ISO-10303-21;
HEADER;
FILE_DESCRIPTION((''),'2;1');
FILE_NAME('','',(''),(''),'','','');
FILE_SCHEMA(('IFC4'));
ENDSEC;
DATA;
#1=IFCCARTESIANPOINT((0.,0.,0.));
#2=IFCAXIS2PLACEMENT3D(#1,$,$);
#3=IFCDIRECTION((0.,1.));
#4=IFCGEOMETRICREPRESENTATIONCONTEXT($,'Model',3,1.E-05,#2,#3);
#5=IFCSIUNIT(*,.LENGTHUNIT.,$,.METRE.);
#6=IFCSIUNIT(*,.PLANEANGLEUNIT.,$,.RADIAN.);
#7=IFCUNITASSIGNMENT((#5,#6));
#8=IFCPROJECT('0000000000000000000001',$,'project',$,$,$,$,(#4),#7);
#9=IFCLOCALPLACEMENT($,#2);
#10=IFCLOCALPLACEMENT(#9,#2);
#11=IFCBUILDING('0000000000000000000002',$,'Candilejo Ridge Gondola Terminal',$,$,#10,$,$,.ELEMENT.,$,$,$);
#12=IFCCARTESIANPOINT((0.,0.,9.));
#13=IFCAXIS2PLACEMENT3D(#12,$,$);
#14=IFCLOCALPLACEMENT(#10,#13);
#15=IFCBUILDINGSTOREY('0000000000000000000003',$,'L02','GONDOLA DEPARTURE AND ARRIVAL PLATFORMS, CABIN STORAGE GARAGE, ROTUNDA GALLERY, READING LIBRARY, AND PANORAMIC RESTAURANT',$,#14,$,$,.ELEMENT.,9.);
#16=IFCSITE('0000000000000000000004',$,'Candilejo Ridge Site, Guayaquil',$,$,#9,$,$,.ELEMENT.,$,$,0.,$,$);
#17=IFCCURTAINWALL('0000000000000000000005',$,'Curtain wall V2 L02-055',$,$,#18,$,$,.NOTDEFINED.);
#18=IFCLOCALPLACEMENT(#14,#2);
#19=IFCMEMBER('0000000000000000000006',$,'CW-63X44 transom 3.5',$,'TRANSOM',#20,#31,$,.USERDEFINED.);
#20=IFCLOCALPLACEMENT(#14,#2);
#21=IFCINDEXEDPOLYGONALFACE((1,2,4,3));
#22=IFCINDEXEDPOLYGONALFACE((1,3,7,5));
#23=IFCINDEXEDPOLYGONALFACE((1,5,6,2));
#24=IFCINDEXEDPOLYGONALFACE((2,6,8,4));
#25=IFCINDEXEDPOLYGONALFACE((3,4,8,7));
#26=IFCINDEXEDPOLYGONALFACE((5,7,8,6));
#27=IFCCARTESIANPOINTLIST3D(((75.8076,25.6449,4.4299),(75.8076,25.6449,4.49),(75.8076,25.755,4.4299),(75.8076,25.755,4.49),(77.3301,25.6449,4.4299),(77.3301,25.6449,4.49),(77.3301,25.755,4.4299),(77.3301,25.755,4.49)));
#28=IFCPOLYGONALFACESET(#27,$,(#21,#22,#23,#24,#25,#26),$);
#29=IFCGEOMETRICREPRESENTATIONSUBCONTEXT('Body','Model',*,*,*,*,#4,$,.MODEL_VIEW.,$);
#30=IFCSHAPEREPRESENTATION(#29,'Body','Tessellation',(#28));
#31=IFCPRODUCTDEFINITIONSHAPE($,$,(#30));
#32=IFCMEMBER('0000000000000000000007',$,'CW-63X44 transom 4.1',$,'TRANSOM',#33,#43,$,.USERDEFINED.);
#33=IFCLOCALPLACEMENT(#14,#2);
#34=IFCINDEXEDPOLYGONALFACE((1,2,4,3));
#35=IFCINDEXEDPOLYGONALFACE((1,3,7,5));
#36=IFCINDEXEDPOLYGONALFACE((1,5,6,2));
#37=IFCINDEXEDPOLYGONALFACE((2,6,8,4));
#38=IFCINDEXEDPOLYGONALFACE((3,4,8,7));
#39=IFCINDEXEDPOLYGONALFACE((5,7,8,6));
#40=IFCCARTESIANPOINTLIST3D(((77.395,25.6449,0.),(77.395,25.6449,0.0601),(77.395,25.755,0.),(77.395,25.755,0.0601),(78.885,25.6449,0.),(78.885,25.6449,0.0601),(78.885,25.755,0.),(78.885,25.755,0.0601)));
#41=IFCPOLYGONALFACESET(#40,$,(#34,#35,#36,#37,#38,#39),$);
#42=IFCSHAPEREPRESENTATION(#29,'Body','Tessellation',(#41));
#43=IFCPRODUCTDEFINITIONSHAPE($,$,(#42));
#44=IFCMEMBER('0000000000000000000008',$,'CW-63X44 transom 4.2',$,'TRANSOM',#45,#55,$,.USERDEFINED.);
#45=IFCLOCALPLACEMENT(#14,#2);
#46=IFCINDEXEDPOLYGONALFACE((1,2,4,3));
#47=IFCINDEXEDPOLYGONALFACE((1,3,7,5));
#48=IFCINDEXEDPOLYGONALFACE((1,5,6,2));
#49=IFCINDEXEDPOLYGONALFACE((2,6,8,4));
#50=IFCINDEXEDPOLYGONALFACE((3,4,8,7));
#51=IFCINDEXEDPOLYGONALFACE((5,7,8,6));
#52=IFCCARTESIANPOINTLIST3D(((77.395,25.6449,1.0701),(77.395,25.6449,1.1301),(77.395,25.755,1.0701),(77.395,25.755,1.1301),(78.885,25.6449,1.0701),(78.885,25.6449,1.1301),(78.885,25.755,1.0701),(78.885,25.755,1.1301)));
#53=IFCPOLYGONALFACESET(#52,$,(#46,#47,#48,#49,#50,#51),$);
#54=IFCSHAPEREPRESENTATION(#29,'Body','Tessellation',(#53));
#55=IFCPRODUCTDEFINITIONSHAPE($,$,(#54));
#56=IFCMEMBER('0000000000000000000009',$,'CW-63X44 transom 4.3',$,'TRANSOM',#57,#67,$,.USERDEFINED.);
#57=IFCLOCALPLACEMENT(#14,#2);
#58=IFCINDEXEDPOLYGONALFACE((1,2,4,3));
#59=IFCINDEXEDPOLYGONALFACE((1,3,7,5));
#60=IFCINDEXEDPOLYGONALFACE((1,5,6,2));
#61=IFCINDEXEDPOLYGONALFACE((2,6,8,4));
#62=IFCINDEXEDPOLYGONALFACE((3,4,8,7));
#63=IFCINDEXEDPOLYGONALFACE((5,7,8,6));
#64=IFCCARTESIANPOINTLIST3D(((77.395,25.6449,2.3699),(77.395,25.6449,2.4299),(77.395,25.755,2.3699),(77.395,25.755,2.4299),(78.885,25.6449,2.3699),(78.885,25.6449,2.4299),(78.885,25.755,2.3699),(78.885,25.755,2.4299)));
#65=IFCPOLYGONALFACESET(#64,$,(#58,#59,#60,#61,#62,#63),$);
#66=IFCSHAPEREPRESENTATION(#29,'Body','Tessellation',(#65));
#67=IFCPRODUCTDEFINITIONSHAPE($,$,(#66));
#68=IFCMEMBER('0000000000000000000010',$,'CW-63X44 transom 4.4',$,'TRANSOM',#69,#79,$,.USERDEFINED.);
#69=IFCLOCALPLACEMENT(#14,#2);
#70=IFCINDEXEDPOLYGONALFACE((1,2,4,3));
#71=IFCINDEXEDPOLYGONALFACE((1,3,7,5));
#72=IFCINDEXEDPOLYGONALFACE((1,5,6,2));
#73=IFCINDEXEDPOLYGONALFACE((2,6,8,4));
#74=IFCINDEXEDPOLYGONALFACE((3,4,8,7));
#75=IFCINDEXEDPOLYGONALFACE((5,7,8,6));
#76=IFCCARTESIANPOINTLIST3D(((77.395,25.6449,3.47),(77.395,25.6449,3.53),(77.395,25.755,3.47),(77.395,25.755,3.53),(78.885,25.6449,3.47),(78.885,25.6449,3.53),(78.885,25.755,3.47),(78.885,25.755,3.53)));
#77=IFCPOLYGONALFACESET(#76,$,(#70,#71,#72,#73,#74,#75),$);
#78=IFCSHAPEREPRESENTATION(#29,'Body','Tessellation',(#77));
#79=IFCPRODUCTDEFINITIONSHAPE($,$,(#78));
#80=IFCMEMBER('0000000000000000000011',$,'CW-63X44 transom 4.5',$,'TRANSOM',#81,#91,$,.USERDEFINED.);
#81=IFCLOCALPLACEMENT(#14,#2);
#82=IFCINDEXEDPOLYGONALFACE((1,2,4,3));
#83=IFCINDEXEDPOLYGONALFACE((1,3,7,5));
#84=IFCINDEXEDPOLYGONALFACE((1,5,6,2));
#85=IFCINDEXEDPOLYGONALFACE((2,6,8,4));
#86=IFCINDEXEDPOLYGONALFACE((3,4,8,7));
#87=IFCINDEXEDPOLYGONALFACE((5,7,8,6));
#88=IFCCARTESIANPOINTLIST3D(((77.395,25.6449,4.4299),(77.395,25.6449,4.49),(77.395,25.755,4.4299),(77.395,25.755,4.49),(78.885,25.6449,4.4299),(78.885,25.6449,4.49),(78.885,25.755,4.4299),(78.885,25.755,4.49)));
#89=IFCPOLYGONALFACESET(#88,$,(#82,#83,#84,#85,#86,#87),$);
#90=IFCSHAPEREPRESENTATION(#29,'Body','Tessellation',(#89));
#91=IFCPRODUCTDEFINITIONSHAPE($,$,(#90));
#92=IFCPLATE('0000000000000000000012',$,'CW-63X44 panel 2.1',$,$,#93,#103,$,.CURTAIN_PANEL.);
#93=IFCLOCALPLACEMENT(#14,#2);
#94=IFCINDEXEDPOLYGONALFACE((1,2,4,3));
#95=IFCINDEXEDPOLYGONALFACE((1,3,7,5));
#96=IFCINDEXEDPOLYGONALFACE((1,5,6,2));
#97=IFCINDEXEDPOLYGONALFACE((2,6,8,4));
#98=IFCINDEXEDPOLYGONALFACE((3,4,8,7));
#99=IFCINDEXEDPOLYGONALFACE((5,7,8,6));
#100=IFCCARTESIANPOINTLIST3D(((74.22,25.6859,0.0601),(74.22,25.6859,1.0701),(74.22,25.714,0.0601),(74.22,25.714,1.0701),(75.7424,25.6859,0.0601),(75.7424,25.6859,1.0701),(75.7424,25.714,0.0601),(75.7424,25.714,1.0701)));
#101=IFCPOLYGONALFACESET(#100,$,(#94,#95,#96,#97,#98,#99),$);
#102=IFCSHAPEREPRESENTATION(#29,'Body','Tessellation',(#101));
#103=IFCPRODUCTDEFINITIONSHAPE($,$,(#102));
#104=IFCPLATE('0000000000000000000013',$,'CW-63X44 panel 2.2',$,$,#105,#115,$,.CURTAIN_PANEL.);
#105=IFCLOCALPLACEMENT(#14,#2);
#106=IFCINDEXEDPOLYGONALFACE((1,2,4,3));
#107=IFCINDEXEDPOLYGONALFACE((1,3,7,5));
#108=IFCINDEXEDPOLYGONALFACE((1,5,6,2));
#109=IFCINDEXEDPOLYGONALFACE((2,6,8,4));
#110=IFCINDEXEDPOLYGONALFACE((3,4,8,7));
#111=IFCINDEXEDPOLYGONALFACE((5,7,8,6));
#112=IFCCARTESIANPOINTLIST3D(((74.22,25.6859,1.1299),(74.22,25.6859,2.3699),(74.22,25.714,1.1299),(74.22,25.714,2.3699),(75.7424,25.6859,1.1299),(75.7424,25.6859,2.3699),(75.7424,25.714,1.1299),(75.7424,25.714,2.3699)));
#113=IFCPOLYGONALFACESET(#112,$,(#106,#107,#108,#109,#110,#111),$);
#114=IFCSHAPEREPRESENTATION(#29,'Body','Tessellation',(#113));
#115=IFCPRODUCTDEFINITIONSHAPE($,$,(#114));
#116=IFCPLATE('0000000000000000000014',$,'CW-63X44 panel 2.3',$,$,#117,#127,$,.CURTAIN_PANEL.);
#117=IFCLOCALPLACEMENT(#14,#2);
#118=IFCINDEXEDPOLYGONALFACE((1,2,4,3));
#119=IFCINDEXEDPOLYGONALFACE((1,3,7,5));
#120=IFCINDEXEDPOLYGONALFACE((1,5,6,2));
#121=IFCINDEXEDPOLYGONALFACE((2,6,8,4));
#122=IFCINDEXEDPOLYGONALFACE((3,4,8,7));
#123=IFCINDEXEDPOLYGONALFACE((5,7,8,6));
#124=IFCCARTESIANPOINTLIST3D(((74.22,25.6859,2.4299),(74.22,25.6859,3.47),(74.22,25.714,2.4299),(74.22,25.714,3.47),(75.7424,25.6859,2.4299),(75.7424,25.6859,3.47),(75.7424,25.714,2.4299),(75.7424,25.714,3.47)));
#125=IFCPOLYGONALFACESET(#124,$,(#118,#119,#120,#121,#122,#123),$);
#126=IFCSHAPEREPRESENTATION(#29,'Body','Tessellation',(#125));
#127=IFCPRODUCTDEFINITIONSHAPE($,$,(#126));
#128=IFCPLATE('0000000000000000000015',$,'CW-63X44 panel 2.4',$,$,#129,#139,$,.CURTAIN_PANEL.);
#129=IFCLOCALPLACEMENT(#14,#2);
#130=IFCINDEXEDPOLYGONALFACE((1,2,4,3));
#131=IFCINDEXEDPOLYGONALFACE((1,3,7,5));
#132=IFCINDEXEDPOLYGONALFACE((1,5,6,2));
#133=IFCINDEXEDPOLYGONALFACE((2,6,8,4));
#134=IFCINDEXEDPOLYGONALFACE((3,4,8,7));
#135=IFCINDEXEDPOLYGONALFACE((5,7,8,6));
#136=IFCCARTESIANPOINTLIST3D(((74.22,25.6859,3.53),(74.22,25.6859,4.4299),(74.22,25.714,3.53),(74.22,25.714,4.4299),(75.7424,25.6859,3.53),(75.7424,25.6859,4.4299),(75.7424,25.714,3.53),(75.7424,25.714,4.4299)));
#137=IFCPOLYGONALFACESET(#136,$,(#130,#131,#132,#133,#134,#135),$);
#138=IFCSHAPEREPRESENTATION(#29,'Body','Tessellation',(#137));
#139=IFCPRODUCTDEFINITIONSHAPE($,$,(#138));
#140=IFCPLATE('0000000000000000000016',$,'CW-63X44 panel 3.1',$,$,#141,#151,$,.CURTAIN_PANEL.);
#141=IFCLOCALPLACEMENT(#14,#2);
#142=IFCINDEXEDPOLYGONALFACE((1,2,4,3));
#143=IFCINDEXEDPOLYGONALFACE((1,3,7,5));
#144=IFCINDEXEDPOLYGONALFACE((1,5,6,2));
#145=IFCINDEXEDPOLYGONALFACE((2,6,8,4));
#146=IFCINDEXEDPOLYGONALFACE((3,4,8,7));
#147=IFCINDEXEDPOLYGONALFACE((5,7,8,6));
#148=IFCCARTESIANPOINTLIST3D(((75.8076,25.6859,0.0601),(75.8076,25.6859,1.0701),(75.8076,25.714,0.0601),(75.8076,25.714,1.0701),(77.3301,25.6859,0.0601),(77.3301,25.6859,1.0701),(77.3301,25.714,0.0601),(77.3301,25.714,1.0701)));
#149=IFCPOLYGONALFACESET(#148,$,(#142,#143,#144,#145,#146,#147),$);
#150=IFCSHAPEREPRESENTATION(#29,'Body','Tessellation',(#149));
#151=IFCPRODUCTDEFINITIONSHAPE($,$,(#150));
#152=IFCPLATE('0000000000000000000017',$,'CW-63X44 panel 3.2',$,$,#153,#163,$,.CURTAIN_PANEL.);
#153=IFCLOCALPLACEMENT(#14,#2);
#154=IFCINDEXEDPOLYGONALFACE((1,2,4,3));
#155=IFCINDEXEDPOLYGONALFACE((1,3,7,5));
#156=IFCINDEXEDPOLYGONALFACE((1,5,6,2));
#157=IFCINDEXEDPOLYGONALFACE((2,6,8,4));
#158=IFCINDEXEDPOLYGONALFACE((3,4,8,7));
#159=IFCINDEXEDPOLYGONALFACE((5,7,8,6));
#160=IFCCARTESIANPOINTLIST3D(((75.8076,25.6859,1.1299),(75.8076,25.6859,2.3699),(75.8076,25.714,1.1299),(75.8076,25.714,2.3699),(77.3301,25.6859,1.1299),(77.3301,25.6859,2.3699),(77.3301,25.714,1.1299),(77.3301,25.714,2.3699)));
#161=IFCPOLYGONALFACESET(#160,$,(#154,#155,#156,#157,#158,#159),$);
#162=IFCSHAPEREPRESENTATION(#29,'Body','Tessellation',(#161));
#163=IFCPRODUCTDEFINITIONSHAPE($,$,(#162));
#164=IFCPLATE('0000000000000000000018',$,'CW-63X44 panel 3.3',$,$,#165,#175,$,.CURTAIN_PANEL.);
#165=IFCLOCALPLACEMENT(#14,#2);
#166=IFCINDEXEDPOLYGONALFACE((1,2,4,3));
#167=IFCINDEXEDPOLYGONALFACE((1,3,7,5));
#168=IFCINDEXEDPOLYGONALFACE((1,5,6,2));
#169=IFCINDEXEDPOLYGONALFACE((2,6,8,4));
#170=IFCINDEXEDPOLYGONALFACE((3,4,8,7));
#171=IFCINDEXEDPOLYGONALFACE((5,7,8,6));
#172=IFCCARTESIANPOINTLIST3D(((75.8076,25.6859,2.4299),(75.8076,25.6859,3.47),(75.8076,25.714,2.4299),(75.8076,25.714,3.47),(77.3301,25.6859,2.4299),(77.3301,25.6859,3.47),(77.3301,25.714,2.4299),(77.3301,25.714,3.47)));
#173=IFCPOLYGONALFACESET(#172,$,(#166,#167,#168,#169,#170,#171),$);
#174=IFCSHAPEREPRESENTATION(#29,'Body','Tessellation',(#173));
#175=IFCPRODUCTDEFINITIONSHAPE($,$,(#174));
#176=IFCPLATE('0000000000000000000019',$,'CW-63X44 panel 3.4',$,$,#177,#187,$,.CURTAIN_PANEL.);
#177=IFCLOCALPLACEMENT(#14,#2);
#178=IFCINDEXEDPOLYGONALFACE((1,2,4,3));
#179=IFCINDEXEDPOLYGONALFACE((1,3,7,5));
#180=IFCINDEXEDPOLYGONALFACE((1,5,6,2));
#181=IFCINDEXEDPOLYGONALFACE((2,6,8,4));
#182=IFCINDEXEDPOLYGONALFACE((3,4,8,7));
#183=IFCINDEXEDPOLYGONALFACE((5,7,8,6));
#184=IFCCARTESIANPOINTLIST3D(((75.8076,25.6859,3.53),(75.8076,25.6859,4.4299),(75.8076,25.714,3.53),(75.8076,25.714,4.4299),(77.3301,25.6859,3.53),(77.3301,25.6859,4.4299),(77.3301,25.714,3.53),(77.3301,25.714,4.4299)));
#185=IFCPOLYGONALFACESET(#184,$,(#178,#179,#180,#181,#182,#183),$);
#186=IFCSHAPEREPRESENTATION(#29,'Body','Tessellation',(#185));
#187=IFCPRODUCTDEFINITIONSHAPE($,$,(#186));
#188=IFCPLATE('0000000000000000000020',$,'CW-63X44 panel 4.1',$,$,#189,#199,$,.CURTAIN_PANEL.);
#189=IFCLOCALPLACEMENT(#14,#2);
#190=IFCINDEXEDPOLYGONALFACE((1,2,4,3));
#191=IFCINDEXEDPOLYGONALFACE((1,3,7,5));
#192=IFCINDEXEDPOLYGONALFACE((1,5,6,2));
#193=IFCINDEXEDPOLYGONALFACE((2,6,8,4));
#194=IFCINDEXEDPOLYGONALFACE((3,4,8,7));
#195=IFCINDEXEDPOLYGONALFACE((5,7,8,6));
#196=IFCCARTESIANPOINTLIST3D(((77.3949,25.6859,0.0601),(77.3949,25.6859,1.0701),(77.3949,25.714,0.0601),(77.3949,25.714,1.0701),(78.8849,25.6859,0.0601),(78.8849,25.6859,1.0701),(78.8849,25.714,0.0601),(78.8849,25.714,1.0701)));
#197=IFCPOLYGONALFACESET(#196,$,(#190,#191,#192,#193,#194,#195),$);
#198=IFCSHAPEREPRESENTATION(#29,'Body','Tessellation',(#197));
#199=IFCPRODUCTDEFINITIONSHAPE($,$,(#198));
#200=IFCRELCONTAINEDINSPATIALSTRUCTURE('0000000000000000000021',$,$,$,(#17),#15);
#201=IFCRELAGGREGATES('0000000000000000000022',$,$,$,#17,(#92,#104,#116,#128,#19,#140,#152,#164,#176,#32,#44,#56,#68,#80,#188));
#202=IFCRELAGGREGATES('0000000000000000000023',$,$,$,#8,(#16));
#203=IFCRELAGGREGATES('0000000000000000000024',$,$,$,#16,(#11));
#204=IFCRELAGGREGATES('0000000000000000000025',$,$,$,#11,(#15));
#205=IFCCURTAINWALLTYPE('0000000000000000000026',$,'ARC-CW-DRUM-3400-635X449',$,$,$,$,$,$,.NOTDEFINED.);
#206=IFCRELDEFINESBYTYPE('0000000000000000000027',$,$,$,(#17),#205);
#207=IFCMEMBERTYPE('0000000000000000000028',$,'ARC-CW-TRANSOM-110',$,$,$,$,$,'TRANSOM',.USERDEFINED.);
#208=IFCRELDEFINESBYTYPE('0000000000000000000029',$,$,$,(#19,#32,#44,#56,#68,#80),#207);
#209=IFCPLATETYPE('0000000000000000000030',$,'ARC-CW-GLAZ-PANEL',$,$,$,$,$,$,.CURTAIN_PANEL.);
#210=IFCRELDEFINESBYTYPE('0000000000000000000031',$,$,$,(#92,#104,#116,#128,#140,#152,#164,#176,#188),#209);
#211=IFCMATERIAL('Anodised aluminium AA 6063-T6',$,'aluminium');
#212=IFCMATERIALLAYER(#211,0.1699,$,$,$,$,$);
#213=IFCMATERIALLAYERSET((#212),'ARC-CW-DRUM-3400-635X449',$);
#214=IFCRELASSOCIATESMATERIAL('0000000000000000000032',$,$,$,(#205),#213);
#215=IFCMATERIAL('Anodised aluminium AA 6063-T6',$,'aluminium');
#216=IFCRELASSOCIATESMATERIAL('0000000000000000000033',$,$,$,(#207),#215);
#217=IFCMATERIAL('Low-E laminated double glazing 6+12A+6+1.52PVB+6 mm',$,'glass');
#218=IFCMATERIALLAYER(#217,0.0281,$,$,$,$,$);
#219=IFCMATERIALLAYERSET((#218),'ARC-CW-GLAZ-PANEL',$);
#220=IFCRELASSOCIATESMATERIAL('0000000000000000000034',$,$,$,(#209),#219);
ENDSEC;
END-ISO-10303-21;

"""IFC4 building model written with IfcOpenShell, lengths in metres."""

from ifc_helpers import new_model, si_unit, direction, frame, origin, origin_2d, place, context, subcontext, project, spatial, rectangle, extrude, material, layer, layer_set, material_profile, profile_set, type_object, element, aggregate, save


model = new_model("IFC4")

# Units and contexts
model_context = context("Model", 3, precision=1e-05, world=origin(), true_north=direction((0.0, 1.0)))
body_context = subcontext(model_context, "Body", "Model", "MODEL_VIEW")
ifc_project = project(units=[si_unit("LENGTHUNIT", "METRE"), si_unit("PLANEANGLEUNIT", "RADIAN")], contexts=[model_context])

# Site, building, storey
site_placement = place(None, origin())
site = spatial("IfcSite", under=ifc_project, at=site_placement, Name="Candilejo Ridge Site, Guayaquil", CompositionType="ELEMENT", RefElevation=0.0)
building_placement = place(site_placement, origin())
building = spatial("IfcBuilding", under=site, at=building_placement, Name="Candilejo Ridge Gondola Terminal", CompositionType="ELEMENT")
storey_placement = place(building_placement, frame((0.0, 0.0, 9.0)))
storey = spatial("IfcBuildingStorey", under=building, at=storey_placement, Name="L02", Description="GONDOLA DEPARTURE AND ARRIVAL PLATFORMS, CABIN STORAGE GARAGE, ROTUNDA GALLERY, READING LIBRARY, AND PANORAMIC RESTAURANT", CompositionType="ELEMENT", Elevation=9.0)

# Curtain wall, members, plates
ifc_material_1 = material(Name="Anodised aluminium AA 6063-T6", Category="aluminium")
ifc_layer_1 = layer(ifc_material_1, 0.1699)
ifc_layer_set_1 = layer_set([ifc_layer_1], Name="ARC-CW-DRUM-3400-635X449")
curtain_wall_type = type_object("IfcCurtainWallType", Name="ARC-CW-DRUM-3400-635X449", PredefinedType="NOTDEFINED", material=ifc_layer_set_1)
curtain_wall_placement = place(storey_placement, origin())
curtain_wall = element("IfcCurtainWall", 1, at=curtain_wall_placement, inside=storey, type_object=curtain_wall_type, Name="Curtain wall V2 L02-055", PredefinedType="NOTDEFINED")
ifc_material_2 = material(Name="Anodised aluminium AA 6063-T6", Category="aluminium")
ifc_material_profile_1 = material_profile(ifc_material_2, rectangle(XDim=0.1101, YDim=0.0601, at=origin_2d()))
ifc_profile_set_1 = profile_set([ifc_material_profile_1], Name="Anodised aluminium AA 6063-T6")
member_type_1 = type_object("IfcMemberType", Name="ARC-CW-TRANSOM-110", ElementType="TRANSOM", PredefinedType="USERDEFINED", material=ifc_profile_set_1)
member_1_placement = place(storey_placement, frame((75.8076, 25.7, 4.46), z_axis=(1.0, 0.0, 0.0), x_axis=(0.0, 1.0, 0.0)))
member_1 = element("IfcMember", 2, at=member_1_placement, type_object=member_type_1, Name="CW-63X44 transom 3.5", ObjectType="TRANSOM", PredefinedType="USERDEFINED", context=body_context, shape_type="SweptSolid", body=[
    extrude(rectangle(XDim=0.1101, YDim=0.0601, at=origin_2d()), origin(), (0.0, 0.0, 1.0), 1.5225),
])
member_2_placement = place(storey_placement, frame((77.395, 25.7, 0.03), z_axis=(1.0, 0.0, 0.0), x_axis=(0.0, 1.0, 0.0)))
member_2 = element("IfcMember", 3, at=member_2_placement, type_object=member_type_1, Name="CW-63X44 transom 4.1", ObjectType="TRANSOM", PredefinedType="USERDEFINED", context=body_context, shape_type="SweptSolid", body=[
    extrude(rectangle(XDim=0.1101, YDim=0.0601, at=origin_2d()), origin(), (0.0, 0.0, 1.0), 1.49),
])
member_3_placement = place(storey_placement, frame((77.395, 25.7, 1.1001), z_axis=(1.0, 0.0, 0.0), x_axis=(0.0, 1.0, 0.0)))
member_3 = element("IfcMember", 4, at=member_3_placement, type_object=member_type_1, Name="CW-63X44 transom 4.2", ObjectType="TRANSOM", PredefinedType="USERDEFINED", context=body_context, shape_type="SweptSolid", body=[
    extrude(rectangle(XDim=0.1101, YDim=0.0601, at=origin_2d()), origin(), (0.0, 0.0, 1.0), 1.49),
])
member_4_placement = place(storey_placement, frame((77.395, 25.7, 2.3999), z_axis=(1.0, 0.0, 0.0), x_axis=(0.0, 1.0, 0.0)))
member_4 = element("IfcMember", 5, at=member_4_placement, type_object=member_type_1, Name="CW-63X44 transom 4.3", ObjectType="TRANSOM", PredefinedType="USERDEFINED", context=body_context, shape_type="SweptSolid", body=[
    extrude(rectangle(XDim=0.1101, YDim=0.0601, at=origin_2d()), origin(), (0.0, 0.0, 1.0), 1.49),
])
member_5_placement = place(storey_placement, frame((77.395, 25.7, 3.5), z_axis=(1.0, 0.0, 0.0), x_axis=(0.0, 1.0, 0.0)))
member_5 = element("IfcMember", 6, at=member_5_placement, type_object=member_type_1, Name="CW-63X44 transom 4.4", ObjectType="TRANSOM", PredefinedType="USERDEFINED", context=body_context, shape_type="SweptSolid", body=[
    extrude(rectangle(XDim=0.1101, YDim=0.0601, at=origin_2d()), origin(), (0.0, 0.0, 1.0), 1.49),
])
member_6_placement = place(storey_placement, frame((77.395, 25.7, 4.46), z_axis=(1.0, 0.0, 0.0), x_axis=(0.0, 1.0, 0.0)))
member_6 = element("IfcMember", 7, at=member_6_placement, type_object=member_type_1, Name="CW-63X44 transom 4.5", ObjectType="TRANSOM", PredefinedType="USERDEFINED", context=body_context, shape_type="SweptSolid", body=[
    extrude(rectangle(XDim=0.1101, YDim=0.0601, at=origin_2d()), origin(), (0.0, 0.0, 1.0), 1.49),
])
ifc_material_3 = material(Name="Low-E laminated double glazing 6+12A+6+1.52PVB+6 mm", Category="glass")
ifc_layer_2 = layer(ifc_material_3, 0.0281)
ifc_layer_set_2 = layer_set([ifc_layer_2], Name="ARC-CW-GLAZ-PANEL")
plate_type = type_object("IfcPlateType", Name="ARC-CW-GLAZ-PANEL", PredefinedType="CURTAIN_PANEL", material=ifc_layer_set_2)
plate_1_placement = place(storey_placement, frame((74.9812, 25.7, 0.0601), z_axis=(0.0, 0.0, 1.0), x_axis=(1.0, 0.0, 0.0)))
plate_1 = element("IfcPlate", 8, at=plate_1_placement, type_object=plate_type, Name="CW-63X44 panel 2.1", PredefinedType="CURTAIN_PANEL", context=body_context, shape_type="SweptSolid", body=[
    extrude(rectangle(XDim=1.5225, YDim=0.0281, at=origin_2d()), origin(), (0.0, 0.0, 1.0), 1.01),
])
plate_2_placement = place(storey_placement, frame((74.9812, 25.7, 1.1299), z_axis=(0.0, 0.0, 1.0), x_axis=(1.0, 0.0, 0.0)))
plate_2 = element("IfcPlate", 9, at=plate_2_placement, type_object=plate_type, Name="CW-63X44 panel 2.2", PredefinedType="CURTAIN_PANEL", context=body_context, shape_type="SweptSolid", body=[
    extrude(rectangle(XDim=1.5225, YDim=0.0281, at=origin_2d()), origin(), (0.0, 0.0, 1.0), 1.24),
])
plate_3_placement = place(storey_placement, frame((74.9812, 25.7, 2.4299), z_axis=(0.0, 0.0, 1.0), x_axis=(1.0, 0.0, 0.0)))
plate_3 = element("IfcPlate", 10, at=plate_3_placement, type_object=plate_type, Name="CW-63X44 panel 2.3", PredefinedType="CURTAIN_PANEL", context=body_context, shape_type="SweptSolid", body=[
    extrude(rectangle(XDim=1.5225, YDim=0.0281, at=origin_2d()), origin(), (0.0, 0.0, 1.0), 1.04),
])
plate_4_placement = place(storey_placement, frame((74.9812, 25.7, 3.53), z_axis=(0.0, 0.0, 1.0), x_axis=(1.0, 0.0, 0.0)))
plate_4 = element("IfcPlate", 11, at=plate_4_placement, type_object=plate_type, Name="CW-63X44 panel 2.4", PredefinedType="CURTAIN_PANEL", context=body_context, shape_type="SweptSolid", body=[
    extrude(rectangle(XDim=1.5225, YDim=0.0281, at=origin_2d()), origin(), (0.0, 0.0, 1.0), 0.8999),
])
plate_5_placement = place(storey_placement, frame((76.5688, 25.7, 0.0601), z_axis=(0.0, 0.0, 1.0), x_axis=(1.0, 0.0, 0.0)))
plate_5 = element("IfcPlate", 12, at=plate_5_placement, type_object=plate_type, Name="CW-63X44 panel 3.1", PredefinedType="CURTAIN_PANEL", context=body_context, shape_type="SweptSolid", body=[
    extrude(rectangle(XDim=1.5225, YDim=0.0281, at=origin_2d()), origin(), (0.0, 0.0, 1.0), 1.01),
])
plate_6_placement = place(storey_placement, frame((76.5688, 25.7, 1.1299), z_axis=(0.0, 0.0, 1.0), x_axis=(1.0, 0.0, 0.0)))
plate_6 = element("IfcPlate", 13, at=plate_6_placement, type_object=plate_type, Name="CW-63X44 panel 3.2", PredefinedType="CURTAIN_PANEL", context=body_context, shape_type="SweptSolid", body=[
    extrude(rectangle(XDim=1.5225, YDim=0.0281, at=origin_2d()), origin(), (0.0, 0.0, 1.0), 1.24),
])
plate_7_placement = place(storey_placement, frame((76.5688, 25.7, 2.4299), z_axis=(0.0, 0.0, 1.0), x_axis=(1.0, 0.0, 0.0)))
plate_7 = element("IfcPlate", 14, at=plate_7_placement, type_object=plate_type, Name="CW-63X44 panel 3.3", PredefinedType="CURTAIN_PANEL", context=body_context, shape_type="SweptSolid", body=[
    extrude(rectangle(XDim=1.5225, YDim=0.0281, at=origin_2d()), origin(), (0.0, 0.0, 1.0), 1.04),
])
plate_8_placement = place(storey_placement, frame((76.5688, 25.7, 3.53), z_axis=(0.0, 0.0, 1.0), x_axis=(1.0, 0.0, 0.0)))
plate_8 = element("IfcPlate", 15, at=plate_8_placement, type_object=plate_type, Name="CW-63X44 panel 3.4", PredefinedType="CURTAIN_PANEL", context=body_context, shape_type="SweptSolid", body=[
    extrude(rectangle(XDim=1.5225, YDim=0.0281, at=origin_2d()), origin(), (0.0, 0.0, 1.0), 0.8999),
])
plate_9_placement = place(storey_placement, frame((78.1399, 25.7, 0.0601), z_axis=(0.0, 0.0, 1.0), x_axis=(1.0, 0.0, 0.0)))
plate_9 = element("IfcPlate", 16, at=plate_9_placement, type_object=plate_type, Name="CW-63X44 panel 4.1", PredefinedType="CURTAIN_PANEL", context=body_context, shape_type="SweptSolid", body=[
    extrude(rectangle(XDim=1.49, YDim=0.0281, at=origin_2d()), origin(), (0.0, 0.0, 1.0), 1.01),
])
aggregate(curtain_wall, [plate_1, plate_2, plate_3, plate_4, member_1, plate_5, plate_6, plate_7, plate_8, member_2, member_3, member_4, member_5, member_6, plate_9])

save(model, "model.ifc")
